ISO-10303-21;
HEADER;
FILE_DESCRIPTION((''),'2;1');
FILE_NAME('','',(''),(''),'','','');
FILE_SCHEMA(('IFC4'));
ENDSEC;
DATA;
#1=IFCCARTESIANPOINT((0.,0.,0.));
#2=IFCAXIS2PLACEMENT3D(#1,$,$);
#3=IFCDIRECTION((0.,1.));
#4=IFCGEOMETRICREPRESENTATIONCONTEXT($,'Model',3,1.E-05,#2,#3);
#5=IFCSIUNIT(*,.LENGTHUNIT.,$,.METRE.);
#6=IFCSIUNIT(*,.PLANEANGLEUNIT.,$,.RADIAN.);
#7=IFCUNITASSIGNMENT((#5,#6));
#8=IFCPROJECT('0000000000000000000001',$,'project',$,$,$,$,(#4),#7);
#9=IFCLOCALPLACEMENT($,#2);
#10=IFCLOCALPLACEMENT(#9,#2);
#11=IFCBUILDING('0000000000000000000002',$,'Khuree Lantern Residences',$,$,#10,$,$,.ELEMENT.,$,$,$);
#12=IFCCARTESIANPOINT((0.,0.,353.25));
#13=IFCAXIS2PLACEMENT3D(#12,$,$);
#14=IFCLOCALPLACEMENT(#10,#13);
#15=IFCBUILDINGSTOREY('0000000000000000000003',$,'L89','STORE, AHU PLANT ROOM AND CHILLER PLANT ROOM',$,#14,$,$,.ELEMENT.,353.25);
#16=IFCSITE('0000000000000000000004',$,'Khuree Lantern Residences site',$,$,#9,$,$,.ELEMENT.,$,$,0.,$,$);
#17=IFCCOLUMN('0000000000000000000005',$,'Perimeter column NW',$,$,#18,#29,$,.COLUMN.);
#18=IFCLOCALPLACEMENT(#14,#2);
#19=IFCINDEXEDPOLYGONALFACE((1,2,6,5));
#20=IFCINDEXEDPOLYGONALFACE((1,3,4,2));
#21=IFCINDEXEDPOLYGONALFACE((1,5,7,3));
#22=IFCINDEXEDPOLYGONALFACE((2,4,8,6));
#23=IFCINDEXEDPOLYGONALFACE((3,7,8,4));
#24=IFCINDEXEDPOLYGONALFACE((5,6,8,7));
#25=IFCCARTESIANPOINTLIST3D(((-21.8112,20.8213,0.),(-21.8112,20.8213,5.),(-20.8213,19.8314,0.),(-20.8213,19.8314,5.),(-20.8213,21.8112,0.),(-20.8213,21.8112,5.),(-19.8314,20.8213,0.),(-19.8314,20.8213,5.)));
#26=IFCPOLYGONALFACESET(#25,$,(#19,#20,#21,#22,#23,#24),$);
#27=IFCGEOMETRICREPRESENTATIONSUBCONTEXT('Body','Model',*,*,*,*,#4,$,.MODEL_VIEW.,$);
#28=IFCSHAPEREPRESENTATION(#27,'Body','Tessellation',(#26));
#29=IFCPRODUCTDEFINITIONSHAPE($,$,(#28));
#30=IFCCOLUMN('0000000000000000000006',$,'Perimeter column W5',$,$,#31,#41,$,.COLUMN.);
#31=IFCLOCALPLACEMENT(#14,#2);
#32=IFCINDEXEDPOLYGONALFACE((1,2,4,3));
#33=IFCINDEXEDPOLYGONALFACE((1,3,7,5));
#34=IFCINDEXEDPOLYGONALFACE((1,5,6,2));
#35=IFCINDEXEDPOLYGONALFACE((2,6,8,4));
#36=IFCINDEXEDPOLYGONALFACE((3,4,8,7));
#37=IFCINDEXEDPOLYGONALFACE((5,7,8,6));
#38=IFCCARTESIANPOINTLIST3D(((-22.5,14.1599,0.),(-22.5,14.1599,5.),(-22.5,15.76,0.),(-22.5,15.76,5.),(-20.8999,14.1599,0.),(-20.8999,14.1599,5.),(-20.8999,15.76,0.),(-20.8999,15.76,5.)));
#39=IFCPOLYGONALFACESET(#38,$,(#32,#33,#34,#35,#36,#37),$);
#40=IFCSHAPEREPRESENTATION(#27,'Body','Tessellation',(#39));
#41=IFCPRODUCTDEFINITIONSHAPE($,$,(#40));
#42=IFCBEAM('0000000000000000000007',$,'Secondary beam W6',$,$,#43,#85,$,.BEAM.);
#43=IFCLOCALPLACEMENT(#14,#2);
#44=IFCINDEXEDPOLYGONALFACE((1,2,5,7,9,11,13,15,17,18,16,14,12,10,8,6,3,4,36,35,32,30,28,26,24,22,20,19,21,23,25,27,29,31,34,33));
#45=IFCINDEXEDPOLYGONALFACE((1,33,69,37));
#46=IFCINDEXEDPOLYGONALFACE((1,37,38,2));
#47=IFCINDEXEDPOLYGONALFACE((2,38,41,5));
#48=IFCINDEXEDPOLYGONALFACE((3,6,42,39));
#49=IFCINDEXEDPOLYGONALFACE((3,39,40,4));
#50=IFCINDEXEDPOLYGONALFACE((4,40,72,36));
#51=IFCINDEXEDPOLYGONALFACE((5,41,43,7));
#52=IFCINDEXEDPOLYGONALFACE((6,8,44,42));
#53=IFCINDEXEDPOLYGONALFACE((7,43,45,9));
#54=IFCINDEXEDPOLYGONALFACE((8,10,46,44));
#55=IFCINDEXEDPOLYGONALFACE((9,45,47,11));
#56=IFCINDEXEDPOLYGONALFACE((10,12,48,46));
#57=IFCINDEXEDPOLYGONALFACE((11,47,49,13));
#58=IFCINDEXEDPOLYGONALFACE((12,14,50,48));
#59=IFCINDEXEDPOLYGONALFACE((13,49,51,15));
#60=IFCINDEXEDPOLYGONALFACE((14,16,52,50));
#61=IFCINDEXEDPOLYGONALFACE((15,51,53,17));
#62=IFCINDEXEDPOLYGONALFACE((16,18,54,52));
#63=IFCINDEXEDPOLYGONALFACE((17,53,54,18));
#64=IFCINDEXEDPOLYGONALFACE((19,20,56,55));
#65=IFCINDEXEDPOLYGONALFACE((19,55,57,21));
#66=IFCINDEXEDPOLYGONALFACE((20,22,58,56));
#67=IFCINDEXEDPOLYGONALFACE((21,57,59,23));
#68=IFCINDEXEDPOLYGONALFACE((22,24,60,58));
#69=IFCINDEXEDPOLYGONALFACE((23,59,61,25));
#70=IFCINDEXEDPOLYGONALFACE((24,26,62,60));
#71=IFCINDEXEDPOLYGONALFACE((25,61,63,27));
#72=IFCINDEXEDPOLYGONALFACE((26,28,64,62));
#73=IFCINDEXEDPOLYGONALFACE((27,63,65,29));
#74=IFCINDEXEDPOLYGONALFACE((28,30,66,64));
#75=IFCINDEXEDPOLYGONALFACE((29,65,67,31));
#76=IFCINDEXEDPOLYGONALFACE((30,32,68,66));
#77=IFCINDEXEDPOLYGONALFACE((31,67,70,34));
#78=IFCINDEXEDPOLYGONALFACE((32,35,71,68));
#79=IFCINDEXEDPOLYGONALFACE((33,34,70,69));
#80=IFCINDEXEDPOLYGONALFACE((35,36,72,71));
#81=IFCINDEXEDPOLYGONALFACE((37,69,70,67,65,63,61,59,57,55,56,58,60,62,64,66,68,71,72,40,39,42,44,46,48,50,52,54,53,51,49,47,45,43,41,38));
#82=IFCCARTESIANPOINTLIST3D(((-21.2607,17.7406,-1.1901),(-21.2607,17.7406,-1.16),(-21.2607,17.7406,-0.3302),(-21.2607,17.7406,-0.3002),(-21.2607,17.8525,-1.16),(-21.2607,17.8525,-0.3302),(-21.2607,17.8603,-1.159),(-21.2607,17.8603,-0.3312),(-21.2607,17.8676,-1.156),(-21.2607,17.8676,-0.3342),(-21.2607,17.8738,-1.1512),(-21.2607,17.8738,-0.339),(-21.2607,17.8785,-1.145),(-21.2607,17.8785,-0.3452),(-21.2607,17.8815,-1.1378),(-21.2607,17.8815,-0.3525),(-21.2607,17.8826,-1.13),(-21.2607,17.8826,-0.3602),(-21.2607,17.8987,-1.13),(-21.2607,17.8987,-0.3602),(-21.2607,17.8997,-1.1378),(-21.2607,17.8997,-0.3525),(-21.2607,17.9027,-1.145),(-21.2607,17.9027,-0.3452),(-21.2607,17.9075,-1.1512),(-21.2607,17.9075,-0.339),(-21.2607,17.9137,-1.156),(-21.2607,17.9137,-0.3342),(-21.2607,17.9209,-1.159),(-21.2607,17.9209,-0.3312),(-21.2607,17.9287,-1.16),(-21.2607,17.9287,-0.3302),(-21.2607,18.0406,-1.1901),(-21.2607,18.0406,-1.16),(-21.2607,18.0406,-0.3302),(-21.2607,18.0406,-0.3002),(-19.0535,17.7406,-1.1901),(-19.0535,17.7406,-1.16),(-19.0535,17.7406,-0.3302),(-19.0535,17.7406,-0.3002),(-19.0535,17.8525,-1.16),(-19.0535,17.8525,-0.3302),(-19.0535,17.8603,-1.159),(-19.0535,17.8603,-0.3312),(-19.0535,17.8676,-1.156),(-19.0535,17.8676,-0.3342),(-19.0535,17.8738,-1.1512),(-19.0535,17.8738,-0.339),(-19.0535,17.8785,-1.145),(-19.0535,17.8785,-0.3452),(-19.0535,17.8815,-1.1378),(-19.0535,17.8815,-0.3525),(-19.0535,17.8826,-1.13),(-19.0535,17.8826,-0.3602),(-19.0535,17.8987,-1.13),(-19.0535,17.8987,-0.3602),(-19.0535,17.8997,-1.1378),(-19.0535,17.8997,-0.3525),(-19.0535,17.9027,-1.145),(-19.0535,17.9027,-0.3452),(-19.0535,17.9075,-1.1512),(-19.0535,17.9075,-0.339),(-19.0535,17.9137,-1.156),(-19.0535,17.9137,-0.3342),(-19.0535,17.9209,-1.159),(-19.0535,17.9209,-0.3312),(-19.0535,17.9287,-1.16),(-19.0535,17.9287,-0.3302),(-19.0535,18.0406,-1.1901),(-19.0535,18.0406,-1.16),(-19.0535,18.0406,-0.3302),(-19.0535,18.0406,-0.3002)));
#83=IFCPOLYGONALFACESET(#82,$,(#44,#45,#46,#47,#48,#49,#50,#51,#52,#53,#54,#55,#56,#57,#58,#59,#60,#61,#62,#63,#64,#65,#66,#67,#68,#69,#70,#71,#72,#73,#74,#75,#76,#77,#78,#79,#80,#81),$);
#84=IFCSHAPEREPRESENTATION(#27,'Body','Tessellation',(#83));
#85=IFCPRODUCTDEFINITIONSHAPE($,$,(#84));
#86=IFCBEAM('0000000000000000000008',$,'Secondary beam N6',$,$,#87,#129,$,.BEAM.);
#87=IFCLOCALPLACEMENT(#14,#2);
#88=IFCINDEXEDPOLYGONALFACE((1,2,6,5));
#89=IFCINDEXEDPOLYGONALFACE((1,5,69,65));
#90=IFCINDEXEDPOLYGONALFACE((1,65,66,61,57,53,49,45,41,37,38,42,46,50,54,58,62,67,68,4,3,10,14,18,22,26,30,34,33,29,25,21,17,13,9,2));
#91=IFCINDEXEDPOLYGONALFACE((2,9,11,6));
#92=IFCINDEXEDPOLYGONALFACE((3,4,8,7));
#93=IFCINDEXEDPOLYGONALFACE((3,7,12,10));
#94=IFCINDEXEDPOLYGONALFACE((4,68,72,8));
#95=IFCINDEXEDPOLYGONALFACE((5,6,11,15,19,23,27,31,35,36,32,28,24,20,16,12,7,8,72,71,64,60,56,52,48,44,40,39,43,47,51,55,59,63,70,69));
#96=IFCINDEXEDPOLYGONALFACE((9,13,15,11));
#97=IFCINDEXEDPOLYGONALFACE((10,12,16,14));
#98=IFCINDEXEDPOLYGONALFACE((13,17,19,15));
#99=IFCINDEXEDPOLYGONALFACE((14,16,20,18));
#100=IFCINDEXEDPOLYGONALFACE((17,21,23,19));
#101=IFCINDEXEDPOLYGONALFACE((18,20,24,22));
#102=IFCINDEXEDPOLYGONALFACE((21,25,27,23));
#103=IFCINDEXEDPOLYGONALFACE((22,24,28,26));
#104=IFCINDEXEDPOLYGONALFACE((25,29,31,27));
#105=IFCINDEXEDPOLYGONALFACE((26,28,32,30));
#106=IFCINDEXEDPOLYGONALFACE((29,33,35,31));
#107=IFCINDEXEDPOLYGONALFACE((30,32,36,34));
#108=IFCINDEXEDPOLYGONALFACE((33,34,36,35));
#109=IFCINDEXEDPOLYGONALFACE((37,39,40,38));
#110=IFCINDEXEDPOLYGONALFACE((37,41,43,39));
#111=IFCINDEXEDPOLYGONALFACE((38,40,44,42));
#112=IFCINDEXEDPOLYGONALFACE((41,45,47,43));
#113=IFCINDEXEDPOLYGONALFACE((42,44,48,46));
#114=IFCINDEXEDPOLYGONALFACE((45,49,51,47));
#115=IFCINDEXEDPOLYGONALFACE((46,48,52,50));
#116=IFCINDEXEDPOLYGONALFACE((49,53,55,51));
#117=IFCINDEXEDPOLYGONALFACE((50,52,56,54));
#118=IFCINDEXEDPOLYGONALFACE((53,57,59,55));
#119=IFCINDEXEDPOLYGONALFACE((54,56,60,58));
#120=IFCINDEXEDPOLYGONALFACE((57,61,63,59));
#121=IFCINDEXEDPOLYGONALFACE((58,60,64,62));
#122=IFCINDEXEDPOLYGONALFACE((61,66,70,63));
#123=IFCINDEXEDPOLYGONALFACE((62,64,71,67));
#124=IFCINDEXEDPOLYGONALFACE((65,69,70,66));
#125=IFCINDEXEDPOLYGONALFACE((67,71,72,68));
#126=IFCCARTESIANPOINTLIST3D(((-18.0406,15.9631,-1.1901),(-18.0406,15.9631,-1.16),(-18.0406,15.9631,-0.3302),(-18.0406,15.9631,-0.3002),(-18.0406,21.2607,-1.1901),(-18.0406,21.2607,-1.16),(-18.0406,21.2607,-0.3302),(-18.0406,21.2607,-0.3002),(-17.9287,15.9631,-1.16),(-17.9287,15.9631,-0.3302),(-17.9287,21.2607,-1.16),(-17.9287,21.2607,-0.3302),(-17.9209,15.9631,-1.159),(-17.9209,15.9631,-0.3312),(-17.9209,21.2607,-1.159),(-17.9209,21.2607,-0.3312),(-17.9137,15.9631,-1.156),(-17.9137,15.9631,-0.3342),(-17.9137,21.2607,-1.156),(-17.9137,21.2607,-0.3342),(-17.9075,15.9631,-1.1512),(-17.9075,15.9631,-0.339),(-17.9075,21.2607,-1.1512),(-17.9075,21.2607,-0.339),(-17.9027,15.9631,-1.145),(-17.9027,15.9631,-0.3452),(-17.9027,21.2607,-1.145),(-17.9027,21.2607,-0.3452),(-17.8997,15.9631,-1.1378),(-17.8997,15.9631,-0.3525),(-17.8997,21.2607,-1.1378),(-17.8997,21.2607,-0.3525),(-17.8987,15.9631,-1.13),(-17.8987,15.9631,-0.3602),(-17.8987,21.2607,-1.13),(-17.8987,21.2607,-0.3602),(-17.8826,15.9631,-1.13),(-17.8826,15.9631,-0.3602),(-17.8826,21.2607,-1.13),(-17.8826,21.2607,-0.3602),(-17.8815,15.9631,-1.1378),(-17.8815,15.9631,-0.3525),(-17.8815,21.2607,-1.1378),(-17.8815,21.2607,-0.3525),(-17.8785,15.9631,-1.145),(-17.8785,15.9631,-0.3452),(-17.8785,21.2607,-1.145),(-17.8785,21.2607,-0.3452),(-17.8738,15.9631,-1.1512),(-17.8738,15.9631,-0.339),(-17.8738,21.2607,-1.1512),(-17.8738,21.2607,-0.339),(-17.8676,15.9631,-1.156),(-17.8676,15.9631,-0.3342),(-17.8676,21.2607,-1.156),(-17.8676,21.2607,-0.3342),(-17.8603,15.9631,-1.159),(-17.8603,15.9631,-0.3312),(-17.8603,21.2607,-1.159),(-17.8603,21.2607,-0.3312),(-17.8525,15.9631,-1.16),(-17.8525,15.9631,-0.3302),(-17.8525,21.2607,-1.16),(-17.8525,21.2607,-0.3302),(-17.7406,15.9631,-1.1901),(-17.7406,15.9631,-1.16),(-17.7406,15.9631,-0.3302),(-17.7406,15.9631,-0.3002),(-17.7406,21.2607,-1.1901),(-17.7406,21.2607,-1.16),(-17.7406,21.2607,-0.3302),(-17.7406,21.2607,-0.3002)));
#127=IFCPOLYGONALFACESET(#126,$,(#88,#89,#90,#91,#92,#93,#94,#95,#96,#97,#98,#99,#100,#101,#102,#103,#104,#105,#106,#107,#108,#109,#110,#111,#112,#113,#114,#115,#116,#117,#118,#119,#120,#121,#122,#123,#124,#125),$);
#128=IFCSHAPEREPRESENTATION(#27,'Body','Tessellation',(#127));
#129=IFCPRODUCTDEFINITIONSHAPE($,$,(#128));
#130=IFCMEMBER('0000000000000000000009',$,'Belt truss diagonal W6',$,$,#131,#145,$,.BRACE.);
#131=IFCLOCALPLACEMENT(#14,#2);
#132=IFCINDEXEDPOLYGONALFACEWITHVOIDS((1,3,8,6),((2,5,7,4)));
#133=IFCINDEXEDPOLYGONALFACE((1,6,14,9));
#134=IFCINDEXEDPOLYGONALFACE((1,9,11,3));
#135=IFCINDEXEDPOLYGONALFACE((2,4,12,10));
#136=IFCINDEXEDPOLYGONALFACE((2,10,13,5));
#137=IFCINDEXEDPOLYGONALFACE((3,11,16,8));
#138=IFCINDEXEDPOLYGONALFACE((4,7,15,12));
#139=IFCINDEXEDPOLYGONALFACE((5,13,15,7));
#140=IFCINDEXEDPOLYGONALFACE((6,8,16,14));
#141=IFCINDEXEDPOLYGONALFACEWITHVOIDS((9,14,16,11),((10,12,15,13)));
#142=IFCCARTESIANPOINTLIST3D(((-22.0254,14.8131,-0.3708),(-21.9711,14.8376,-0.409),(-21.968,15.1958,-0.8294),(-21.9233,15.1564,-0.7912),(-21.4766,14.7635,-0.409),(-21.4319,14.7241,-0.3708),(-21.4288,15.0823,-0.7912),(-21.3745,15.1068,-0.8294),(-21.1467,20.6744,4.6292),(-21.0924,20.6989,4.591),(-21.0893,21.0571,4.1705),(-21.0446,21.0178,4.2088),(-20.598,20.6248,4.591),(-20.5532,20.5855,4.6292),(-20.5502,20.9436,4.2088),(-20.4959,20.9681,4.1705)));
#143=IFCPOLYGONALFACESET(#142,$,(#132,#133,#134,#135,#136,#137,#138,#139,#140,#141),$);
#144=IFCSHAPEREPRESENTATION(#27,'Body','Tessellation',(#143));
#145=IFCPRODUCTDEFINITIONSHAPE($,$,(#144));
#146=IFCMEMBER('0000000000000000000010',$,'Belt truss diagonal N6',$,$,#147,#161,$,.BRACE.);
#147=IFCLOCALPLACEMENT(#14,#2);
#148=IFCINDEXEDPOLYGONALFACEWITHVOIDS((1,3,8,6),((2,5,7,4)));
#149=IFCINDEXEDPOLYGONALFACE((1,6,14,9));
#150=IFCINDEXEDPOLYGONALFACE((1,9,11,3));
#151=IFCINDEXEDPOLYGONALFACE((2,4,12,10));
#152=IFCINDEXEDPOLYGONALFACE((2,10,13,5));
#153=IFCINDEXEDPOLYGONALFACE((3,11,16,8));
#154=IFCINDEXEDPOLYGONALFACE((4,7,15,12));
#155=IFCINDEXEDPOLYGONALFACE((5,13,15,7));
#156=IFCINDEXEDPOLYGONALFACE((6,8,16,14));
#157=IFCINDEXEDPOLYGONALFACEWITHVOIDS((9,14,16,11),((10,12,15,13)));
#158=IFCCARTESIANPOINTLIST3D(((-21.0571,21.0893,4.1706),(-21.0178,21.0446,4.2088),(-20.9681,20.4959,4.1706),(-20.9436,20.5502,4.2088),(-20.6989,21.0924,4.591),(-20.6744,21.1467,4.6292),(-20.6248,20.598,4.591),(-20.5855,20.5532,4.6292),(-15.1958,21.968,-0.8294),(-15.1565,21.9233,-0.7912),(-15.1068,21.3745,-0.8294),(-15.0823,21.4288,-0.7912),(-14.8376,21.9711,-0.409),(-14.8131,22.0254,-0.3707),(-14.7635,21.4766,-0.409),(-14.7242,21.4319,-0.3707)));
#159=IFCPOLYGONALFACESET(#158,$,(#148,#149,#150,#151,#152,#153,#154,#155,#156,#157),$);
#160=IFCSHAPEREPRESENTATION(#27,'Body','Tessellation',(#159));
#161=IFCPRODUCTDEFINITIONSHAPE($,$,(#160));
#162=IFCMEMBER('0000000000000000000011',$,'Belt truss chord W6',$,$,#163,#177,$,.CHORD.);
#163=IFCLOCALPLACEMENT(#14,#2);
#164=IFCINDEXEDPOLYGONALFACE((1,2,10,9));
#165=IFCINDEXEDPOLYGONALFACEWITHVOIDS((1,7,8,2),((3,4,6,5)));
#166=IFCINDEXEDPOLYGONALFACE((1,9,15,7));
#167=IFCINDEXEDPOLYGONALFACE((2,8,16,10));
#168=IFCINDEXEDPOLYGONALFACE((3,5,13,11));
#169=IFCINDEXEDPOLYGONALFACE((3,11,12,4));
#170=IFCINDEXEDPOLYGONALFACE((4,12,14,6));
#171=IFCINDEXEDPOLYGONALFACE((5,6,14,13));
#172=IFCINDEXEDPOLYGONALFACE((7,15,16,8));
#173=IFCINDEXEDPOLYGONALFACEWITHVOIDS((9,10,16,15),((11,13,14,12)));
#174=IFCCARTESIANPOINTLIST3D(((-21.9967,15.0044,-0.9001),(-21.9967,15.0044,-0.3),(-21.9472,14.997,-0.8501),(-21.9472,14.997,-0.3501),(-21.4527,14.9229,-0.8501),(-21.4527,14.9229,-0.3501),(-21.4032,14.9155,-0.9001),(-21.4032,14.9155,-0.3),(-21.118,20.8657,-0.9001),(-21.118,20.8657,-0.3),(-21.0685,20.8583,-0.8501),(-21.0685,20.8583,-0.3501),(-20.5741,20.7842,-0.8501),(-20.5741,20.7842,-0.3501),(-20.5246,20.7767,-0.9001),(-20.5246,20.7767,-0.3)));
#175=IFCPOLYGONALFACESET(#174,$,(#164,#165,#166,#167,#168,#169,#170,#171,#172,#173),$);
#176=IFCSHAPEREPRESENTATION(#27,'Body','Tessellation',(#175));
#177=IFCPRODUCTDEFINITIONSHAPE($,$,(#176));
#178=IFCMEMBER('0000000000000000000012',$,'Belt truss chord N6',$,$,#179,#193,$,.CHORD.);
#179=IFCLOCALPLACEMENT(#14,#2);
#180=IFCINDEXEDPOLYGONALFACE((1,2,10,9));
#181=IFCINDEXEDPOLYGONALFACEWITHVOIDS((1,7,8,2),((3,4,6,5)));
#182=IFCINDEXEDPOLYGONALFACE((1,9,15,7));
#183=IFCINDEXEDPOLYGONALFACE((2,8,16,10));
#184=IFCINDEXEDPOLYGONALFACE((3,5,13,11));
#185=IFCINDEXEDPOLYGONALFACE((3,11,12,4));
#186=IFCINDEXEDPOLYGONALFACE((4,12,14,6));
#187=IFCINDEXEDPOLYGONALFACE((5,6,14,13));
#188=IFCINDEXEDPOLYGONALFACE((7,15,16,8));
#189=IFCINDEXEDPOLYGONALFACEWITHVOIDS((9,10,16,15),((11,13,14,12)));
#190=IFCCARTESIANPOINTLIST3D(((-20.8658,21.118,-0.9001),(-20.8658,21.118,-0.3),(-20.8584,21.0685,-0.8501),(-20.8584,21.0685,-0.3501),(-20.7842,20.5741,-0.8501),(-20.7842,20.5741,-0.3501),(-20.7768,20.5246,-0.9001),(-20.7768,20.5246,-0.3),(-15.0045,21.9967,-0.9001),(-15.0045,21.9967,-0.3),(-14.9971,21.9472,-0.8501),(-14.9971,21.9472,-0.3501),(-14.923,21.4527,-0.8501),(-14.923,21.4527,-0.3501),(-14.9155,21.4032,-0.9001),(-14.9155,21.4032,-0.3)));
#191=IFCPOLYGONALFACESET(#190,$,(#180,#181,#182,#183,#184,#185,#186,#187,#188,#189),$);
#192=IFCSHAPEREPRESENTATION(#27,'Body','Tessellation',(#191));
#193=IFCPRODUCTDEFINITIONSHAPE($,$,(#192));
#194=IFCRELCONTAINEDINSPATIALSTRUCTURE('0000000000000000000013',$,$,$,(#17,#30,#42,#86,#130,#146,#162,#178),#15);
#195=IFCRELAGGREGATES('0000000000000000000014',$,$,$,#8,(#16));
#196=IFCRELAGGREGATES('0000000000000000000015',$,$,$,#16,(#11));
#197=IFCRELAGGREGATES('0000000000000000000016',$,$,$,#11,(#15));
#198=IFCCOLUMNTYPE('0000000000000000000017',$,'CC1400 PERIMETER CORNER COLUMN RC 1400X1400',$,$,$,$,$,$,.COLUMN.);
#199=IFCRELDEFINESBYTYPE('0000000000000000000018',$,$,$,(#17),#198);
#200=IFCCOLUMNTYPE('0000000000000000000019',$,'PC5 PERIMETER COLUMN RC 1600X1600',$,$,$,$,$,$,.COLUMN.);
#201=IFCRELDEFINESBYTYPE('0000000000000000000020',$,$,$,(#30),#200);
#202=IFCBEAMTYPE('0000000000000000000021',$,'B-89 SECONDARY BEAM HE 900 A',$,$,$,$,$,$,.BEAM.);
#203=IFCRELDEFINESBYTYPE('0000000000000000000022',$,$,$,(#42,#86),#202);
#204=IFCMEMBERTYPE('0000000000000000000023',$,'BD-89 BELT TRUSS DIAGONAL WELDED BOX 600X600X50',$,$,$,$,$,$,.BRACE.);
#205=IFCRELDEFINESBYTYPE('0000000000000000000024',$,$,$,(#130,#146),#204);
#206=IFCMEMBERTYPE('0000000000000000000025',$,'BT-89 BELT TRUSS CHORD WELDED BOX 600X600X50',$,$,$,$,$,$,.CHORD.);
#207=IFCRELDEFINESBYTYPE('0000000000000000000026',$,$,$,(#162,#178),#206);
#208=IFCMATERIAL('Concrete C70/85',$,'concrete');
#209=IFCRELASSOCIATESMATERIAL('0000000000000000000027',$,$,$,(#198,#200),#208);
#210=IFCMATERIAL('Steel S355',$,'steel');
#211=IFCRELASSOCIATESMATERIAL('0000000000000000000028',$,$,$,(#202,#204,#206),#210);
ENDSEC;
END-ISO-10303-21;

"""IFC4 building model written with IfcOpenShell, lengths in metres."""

from ifc_helpers import new_model, si_unit, direction, frame, origin, origin_2d, place, context, subcontext, project, spatial, rectangle, hollow_rectangle, i_section, extrude, material, material_profile, profile_set, type_object, element, save


model = new_model("IFC4")

# Units and contexts
model_context = context("Model", 3, precision=1e-05, world=origin(), true_north=direction((0.0, 1.0)))
body_context = subcontext(model_context, "Body", "Model", "MODEL_VIEW")
ifc_project = project(units=[si_unit("LENGTHUNIT", "METRE"), si_unit("PLANEANGLEUNIT", "RADIAN")], contexts=[model_context])

# Site, building, storey
site_placement = place(None, origin())
site = spatial("IfcSite", under=ifc_project, at=site_placement, Name="Khuree Lantern Residences site", CompositionType="ELEMENT", RefElevation=0.0)
building_placement = place(site_placement, origin())
building = spatial("IfcBuilding", under=site, at=building_placement, Name="Khuree Lantern Residences", CompositionType="ELEMENT")
storey_placement = place(building_placement, frame((0.0, 0.0, 353.25)))
storey = spatial("IfcBuildingStorey", under=building, at=storey_placement, Name="L89", Description="STORE, AHU PLANT ROOM AND CHILLER PLANT ROOM", CompositionType="ELEMENT", Elevation=353.25)

# Columns
ifc_material_1 = material(Name="Concrete C70/85", Category="concrete")
ifc_material_profile_1 = material_profile(ifc_material_1, rectangle(XDim=1.3999, YDim=1.3999, at=origin_2d()), Name="RC 1400X1400")
ifc_profile_set_1 = profile_set([ifc_material_profile_1], Name="Concrete C70/85")
column_type_1 = type_object("IfcColumnType", Name="CC1400 PERIMETER CORNER COLUMN RC 1400X1400", PredefinedType="COLUMN", material=ifc_profile_set_1)
column_1_placement = place(storey_placement, frame((-20.8213, 20.8213, 0.0), z_axis=(0.0, 0.0, 1.0), x_axis=(0.707107, 0.707107, 0.0)))
element("IfcColumn", 1, at=column_1_placement, inside=storey, type_object=column_type_1, Name="Perimeter column NW", PredefinedType="COLUMN", context=body_context, shape_type="SweptSolid", body=[
    extrude(rectangle(XDim=1.3999, YDim=1.3999, at=origin_2d()), origin(), (0.0, 0.0, 1.0), 5.0),
])
ifc_material_profile_2 = material_profile(ifc_material_1, rectangle(XDim=1.6001, YDim=1.6001, at=origin_2d()), Name="RC 1600X1600")
ifc_profile_set_2 = profile_set([ifc_material_profile_2], Name="Concrete C70/85")
column_type_2 = type_object("IfcColumnType", Name="PC5 PERIMETER COLUMN RC 1600X1600", PredefinedType="COLUMN", material=ifc_profile_set_2)
column_2_placement = place(storey_placement, frame((-21.7, 14.96, 0.0), z_axis=(0.0, 0.0, 1.0), x_axis=(0.0, 1.0, 0.0)))
element("IfcColumn", 2, at=column_2_placement, inside=storey, type_object=column_type_2, Name="Perimeter column W5", PredefinedType="COLUMN", context=body_context, shape_type="SweptSolid", body=[
    extrude(rectangle(XDim=1.6001, YDim=1.6001, at=origin_2d()), origin(), (0.0, 0.0, 1.0), 5.0),
])

# Beams
ifc_material_2 = material(Name="Steel S355", Category="steel")
ifc_material_profile_3 = material_profile(ifc_material_2, i_section(OverallWidth=0.3, OverallDepth=0.8899, WebThickness=0.0161, FlangeThickness=0.03, FilletRadius=0.03, at=origin_2d()), Name="HE 900 A")
ifc_profile_set_3 = profile_set([ifc_material_profile_3], Name="Steel S355")
beam_type_1 = type_object("IfcBeamType", Name="B-89 SECONDARY BEAM HE 900 A", PredefinedType="BEAM", material=ifc_profile_set_3)
beam_1_placement = place(storey_placement, frame((-21.2607, 17.8906, -0.7451), z_axis=(1.0, 0.0, 0.0), x_axis=(0.0, 1.0, 0.0)))
element("IfcBeam", 3, at=beam_1_placement, inside=storey, type_object=beam_type_1, Name="Secondary beam W6", PredefinedType="BEAM", context=body_context, shape_type="SweptSolid", body=[
    extrude(i_section(OverallWidth=0.3, OverallDepth=0.8899, WebThickness=0.0161, FlangeThickness=0.03, FilletRadius=0.03, at=origin_2d()), origin(), (0.0, 0.0, 1.0), 2.2073),
])
beam_2_placement = place(storey_placement, frame((-17.8906, 21.2607, -0.7451), z_axis=(0.0, -1.0, 0.0), x_axis=(1.0, 0.0, 0.0)))
element("IfcBeam", 4, at=beam_2_placement, inside=storey, type_object=beam_type_1, Name="Secondary beam N6", PredefinedType="BEAM", context=body_context, shape_type="SweptSolid", body=[
    extrude(i_section(OverallWidth=0.3, OverallDepth=0.8899, WebThickness=0.0161, FlangeThickness=0.03, FilletRadius=0.03, at=origin_2d()), origin(), (0.0, 0.0, 1.0), 5.2976),
])

# Members
ifc_material_profile_4 = material_profile(ifc_material_2, hollow_rectangle(XDim=0.6001, YDim=0.6001, WallThickness=0.05, at=origin_2d()), Name="WELDED BOX 600X600X50")
ifc_profile_set_4 = profile_set([ifc_material_profile_4], Name="Steel S355")
member_type_1 = type_object("IfcMemberType", Name="BD-89 BELT TRUSS DIAGONAL WELDED BOX 600X600X50", PredefinedType="BRACE", material=ifc_profile_set_4)
for number, where, z_axis, x_axis, name in (
    (5, (-21.7, 14.96, -0.6001), (0.113315, 0.755893, 0.644814), (-0.98895, 0.148252, 0.0), "Belt truss diagonal W6"),
    (6, (-20.8213, 20.8213, 4.3999), (0.755893, 0.113315, -0.644814), (-0.148252, 0.98895, 0.0), "Belt truss diagonal N6"),
):
    element("IfcMember", number, at=place(storey_placement, frame(where, z_axis=z_axis, x_axis=x_axis)), inside=storey, type_object=member_type_1, Name=name, PredefinedType="BRACE", context=body_context, shape_type="SweptSolid", body=[
        extrude(hollow_rectangle(XDim=0.6001, YDim=0.6001, WallThickness=0.05, at=origin_2d()), origin(), (0.0, 0.0, 1.0), 7.7542),
    ])
ifc_material_profile_5 = material_profile(ifc_material_2, hollow_rectangle(XDim=0.6001, YDim=0.6001, WallThickness=0.05, at=origin_2d()), Name="WELDED BOX 600X600X50")
ifc_profile_set_5 = profile_set([ifc_material_profile_5], Name="Steel S355")
member_type_2 = type_object("IfcMemberType", Name="BT-89 BELT TRUSS CHORD WELDED BOX 600X600X50", PredefinedType="CHORD", material=ifc_profile_set_5)
for number, where, z_axis, x_axis, name in (
    (7, (-21.7, 14.96, -0.6001), (0.148252, 0.98895, 0.0), (-0.98895, 0.148252, 0.0), "Belt truss chord W6"),
    (8, (-20.8213, 20.8213, -0.6001), (0.98895, 0.148252, 0.0), (-0.148252, 0.98895, 0.0), "Belt truss chord N6"),
):
    element("IfcMember", number, at=place(storey_placement, frame(where, z_axis=z_axis, x_axis=x_axis)), inside=storey, type_object=member_type_2, Name=name, PredefinedType="CHORD", context=body_context, shape_type="SweptSolid", body=[
        extrude(hollow_rectangle(XDim=0.6001, YDim=0.6001, WallThickness=0.05, at=origin_2d()), origin(), (0.0, 0.0, 1.0), 5.9268),
    ])

save(model, "model.ifc")
